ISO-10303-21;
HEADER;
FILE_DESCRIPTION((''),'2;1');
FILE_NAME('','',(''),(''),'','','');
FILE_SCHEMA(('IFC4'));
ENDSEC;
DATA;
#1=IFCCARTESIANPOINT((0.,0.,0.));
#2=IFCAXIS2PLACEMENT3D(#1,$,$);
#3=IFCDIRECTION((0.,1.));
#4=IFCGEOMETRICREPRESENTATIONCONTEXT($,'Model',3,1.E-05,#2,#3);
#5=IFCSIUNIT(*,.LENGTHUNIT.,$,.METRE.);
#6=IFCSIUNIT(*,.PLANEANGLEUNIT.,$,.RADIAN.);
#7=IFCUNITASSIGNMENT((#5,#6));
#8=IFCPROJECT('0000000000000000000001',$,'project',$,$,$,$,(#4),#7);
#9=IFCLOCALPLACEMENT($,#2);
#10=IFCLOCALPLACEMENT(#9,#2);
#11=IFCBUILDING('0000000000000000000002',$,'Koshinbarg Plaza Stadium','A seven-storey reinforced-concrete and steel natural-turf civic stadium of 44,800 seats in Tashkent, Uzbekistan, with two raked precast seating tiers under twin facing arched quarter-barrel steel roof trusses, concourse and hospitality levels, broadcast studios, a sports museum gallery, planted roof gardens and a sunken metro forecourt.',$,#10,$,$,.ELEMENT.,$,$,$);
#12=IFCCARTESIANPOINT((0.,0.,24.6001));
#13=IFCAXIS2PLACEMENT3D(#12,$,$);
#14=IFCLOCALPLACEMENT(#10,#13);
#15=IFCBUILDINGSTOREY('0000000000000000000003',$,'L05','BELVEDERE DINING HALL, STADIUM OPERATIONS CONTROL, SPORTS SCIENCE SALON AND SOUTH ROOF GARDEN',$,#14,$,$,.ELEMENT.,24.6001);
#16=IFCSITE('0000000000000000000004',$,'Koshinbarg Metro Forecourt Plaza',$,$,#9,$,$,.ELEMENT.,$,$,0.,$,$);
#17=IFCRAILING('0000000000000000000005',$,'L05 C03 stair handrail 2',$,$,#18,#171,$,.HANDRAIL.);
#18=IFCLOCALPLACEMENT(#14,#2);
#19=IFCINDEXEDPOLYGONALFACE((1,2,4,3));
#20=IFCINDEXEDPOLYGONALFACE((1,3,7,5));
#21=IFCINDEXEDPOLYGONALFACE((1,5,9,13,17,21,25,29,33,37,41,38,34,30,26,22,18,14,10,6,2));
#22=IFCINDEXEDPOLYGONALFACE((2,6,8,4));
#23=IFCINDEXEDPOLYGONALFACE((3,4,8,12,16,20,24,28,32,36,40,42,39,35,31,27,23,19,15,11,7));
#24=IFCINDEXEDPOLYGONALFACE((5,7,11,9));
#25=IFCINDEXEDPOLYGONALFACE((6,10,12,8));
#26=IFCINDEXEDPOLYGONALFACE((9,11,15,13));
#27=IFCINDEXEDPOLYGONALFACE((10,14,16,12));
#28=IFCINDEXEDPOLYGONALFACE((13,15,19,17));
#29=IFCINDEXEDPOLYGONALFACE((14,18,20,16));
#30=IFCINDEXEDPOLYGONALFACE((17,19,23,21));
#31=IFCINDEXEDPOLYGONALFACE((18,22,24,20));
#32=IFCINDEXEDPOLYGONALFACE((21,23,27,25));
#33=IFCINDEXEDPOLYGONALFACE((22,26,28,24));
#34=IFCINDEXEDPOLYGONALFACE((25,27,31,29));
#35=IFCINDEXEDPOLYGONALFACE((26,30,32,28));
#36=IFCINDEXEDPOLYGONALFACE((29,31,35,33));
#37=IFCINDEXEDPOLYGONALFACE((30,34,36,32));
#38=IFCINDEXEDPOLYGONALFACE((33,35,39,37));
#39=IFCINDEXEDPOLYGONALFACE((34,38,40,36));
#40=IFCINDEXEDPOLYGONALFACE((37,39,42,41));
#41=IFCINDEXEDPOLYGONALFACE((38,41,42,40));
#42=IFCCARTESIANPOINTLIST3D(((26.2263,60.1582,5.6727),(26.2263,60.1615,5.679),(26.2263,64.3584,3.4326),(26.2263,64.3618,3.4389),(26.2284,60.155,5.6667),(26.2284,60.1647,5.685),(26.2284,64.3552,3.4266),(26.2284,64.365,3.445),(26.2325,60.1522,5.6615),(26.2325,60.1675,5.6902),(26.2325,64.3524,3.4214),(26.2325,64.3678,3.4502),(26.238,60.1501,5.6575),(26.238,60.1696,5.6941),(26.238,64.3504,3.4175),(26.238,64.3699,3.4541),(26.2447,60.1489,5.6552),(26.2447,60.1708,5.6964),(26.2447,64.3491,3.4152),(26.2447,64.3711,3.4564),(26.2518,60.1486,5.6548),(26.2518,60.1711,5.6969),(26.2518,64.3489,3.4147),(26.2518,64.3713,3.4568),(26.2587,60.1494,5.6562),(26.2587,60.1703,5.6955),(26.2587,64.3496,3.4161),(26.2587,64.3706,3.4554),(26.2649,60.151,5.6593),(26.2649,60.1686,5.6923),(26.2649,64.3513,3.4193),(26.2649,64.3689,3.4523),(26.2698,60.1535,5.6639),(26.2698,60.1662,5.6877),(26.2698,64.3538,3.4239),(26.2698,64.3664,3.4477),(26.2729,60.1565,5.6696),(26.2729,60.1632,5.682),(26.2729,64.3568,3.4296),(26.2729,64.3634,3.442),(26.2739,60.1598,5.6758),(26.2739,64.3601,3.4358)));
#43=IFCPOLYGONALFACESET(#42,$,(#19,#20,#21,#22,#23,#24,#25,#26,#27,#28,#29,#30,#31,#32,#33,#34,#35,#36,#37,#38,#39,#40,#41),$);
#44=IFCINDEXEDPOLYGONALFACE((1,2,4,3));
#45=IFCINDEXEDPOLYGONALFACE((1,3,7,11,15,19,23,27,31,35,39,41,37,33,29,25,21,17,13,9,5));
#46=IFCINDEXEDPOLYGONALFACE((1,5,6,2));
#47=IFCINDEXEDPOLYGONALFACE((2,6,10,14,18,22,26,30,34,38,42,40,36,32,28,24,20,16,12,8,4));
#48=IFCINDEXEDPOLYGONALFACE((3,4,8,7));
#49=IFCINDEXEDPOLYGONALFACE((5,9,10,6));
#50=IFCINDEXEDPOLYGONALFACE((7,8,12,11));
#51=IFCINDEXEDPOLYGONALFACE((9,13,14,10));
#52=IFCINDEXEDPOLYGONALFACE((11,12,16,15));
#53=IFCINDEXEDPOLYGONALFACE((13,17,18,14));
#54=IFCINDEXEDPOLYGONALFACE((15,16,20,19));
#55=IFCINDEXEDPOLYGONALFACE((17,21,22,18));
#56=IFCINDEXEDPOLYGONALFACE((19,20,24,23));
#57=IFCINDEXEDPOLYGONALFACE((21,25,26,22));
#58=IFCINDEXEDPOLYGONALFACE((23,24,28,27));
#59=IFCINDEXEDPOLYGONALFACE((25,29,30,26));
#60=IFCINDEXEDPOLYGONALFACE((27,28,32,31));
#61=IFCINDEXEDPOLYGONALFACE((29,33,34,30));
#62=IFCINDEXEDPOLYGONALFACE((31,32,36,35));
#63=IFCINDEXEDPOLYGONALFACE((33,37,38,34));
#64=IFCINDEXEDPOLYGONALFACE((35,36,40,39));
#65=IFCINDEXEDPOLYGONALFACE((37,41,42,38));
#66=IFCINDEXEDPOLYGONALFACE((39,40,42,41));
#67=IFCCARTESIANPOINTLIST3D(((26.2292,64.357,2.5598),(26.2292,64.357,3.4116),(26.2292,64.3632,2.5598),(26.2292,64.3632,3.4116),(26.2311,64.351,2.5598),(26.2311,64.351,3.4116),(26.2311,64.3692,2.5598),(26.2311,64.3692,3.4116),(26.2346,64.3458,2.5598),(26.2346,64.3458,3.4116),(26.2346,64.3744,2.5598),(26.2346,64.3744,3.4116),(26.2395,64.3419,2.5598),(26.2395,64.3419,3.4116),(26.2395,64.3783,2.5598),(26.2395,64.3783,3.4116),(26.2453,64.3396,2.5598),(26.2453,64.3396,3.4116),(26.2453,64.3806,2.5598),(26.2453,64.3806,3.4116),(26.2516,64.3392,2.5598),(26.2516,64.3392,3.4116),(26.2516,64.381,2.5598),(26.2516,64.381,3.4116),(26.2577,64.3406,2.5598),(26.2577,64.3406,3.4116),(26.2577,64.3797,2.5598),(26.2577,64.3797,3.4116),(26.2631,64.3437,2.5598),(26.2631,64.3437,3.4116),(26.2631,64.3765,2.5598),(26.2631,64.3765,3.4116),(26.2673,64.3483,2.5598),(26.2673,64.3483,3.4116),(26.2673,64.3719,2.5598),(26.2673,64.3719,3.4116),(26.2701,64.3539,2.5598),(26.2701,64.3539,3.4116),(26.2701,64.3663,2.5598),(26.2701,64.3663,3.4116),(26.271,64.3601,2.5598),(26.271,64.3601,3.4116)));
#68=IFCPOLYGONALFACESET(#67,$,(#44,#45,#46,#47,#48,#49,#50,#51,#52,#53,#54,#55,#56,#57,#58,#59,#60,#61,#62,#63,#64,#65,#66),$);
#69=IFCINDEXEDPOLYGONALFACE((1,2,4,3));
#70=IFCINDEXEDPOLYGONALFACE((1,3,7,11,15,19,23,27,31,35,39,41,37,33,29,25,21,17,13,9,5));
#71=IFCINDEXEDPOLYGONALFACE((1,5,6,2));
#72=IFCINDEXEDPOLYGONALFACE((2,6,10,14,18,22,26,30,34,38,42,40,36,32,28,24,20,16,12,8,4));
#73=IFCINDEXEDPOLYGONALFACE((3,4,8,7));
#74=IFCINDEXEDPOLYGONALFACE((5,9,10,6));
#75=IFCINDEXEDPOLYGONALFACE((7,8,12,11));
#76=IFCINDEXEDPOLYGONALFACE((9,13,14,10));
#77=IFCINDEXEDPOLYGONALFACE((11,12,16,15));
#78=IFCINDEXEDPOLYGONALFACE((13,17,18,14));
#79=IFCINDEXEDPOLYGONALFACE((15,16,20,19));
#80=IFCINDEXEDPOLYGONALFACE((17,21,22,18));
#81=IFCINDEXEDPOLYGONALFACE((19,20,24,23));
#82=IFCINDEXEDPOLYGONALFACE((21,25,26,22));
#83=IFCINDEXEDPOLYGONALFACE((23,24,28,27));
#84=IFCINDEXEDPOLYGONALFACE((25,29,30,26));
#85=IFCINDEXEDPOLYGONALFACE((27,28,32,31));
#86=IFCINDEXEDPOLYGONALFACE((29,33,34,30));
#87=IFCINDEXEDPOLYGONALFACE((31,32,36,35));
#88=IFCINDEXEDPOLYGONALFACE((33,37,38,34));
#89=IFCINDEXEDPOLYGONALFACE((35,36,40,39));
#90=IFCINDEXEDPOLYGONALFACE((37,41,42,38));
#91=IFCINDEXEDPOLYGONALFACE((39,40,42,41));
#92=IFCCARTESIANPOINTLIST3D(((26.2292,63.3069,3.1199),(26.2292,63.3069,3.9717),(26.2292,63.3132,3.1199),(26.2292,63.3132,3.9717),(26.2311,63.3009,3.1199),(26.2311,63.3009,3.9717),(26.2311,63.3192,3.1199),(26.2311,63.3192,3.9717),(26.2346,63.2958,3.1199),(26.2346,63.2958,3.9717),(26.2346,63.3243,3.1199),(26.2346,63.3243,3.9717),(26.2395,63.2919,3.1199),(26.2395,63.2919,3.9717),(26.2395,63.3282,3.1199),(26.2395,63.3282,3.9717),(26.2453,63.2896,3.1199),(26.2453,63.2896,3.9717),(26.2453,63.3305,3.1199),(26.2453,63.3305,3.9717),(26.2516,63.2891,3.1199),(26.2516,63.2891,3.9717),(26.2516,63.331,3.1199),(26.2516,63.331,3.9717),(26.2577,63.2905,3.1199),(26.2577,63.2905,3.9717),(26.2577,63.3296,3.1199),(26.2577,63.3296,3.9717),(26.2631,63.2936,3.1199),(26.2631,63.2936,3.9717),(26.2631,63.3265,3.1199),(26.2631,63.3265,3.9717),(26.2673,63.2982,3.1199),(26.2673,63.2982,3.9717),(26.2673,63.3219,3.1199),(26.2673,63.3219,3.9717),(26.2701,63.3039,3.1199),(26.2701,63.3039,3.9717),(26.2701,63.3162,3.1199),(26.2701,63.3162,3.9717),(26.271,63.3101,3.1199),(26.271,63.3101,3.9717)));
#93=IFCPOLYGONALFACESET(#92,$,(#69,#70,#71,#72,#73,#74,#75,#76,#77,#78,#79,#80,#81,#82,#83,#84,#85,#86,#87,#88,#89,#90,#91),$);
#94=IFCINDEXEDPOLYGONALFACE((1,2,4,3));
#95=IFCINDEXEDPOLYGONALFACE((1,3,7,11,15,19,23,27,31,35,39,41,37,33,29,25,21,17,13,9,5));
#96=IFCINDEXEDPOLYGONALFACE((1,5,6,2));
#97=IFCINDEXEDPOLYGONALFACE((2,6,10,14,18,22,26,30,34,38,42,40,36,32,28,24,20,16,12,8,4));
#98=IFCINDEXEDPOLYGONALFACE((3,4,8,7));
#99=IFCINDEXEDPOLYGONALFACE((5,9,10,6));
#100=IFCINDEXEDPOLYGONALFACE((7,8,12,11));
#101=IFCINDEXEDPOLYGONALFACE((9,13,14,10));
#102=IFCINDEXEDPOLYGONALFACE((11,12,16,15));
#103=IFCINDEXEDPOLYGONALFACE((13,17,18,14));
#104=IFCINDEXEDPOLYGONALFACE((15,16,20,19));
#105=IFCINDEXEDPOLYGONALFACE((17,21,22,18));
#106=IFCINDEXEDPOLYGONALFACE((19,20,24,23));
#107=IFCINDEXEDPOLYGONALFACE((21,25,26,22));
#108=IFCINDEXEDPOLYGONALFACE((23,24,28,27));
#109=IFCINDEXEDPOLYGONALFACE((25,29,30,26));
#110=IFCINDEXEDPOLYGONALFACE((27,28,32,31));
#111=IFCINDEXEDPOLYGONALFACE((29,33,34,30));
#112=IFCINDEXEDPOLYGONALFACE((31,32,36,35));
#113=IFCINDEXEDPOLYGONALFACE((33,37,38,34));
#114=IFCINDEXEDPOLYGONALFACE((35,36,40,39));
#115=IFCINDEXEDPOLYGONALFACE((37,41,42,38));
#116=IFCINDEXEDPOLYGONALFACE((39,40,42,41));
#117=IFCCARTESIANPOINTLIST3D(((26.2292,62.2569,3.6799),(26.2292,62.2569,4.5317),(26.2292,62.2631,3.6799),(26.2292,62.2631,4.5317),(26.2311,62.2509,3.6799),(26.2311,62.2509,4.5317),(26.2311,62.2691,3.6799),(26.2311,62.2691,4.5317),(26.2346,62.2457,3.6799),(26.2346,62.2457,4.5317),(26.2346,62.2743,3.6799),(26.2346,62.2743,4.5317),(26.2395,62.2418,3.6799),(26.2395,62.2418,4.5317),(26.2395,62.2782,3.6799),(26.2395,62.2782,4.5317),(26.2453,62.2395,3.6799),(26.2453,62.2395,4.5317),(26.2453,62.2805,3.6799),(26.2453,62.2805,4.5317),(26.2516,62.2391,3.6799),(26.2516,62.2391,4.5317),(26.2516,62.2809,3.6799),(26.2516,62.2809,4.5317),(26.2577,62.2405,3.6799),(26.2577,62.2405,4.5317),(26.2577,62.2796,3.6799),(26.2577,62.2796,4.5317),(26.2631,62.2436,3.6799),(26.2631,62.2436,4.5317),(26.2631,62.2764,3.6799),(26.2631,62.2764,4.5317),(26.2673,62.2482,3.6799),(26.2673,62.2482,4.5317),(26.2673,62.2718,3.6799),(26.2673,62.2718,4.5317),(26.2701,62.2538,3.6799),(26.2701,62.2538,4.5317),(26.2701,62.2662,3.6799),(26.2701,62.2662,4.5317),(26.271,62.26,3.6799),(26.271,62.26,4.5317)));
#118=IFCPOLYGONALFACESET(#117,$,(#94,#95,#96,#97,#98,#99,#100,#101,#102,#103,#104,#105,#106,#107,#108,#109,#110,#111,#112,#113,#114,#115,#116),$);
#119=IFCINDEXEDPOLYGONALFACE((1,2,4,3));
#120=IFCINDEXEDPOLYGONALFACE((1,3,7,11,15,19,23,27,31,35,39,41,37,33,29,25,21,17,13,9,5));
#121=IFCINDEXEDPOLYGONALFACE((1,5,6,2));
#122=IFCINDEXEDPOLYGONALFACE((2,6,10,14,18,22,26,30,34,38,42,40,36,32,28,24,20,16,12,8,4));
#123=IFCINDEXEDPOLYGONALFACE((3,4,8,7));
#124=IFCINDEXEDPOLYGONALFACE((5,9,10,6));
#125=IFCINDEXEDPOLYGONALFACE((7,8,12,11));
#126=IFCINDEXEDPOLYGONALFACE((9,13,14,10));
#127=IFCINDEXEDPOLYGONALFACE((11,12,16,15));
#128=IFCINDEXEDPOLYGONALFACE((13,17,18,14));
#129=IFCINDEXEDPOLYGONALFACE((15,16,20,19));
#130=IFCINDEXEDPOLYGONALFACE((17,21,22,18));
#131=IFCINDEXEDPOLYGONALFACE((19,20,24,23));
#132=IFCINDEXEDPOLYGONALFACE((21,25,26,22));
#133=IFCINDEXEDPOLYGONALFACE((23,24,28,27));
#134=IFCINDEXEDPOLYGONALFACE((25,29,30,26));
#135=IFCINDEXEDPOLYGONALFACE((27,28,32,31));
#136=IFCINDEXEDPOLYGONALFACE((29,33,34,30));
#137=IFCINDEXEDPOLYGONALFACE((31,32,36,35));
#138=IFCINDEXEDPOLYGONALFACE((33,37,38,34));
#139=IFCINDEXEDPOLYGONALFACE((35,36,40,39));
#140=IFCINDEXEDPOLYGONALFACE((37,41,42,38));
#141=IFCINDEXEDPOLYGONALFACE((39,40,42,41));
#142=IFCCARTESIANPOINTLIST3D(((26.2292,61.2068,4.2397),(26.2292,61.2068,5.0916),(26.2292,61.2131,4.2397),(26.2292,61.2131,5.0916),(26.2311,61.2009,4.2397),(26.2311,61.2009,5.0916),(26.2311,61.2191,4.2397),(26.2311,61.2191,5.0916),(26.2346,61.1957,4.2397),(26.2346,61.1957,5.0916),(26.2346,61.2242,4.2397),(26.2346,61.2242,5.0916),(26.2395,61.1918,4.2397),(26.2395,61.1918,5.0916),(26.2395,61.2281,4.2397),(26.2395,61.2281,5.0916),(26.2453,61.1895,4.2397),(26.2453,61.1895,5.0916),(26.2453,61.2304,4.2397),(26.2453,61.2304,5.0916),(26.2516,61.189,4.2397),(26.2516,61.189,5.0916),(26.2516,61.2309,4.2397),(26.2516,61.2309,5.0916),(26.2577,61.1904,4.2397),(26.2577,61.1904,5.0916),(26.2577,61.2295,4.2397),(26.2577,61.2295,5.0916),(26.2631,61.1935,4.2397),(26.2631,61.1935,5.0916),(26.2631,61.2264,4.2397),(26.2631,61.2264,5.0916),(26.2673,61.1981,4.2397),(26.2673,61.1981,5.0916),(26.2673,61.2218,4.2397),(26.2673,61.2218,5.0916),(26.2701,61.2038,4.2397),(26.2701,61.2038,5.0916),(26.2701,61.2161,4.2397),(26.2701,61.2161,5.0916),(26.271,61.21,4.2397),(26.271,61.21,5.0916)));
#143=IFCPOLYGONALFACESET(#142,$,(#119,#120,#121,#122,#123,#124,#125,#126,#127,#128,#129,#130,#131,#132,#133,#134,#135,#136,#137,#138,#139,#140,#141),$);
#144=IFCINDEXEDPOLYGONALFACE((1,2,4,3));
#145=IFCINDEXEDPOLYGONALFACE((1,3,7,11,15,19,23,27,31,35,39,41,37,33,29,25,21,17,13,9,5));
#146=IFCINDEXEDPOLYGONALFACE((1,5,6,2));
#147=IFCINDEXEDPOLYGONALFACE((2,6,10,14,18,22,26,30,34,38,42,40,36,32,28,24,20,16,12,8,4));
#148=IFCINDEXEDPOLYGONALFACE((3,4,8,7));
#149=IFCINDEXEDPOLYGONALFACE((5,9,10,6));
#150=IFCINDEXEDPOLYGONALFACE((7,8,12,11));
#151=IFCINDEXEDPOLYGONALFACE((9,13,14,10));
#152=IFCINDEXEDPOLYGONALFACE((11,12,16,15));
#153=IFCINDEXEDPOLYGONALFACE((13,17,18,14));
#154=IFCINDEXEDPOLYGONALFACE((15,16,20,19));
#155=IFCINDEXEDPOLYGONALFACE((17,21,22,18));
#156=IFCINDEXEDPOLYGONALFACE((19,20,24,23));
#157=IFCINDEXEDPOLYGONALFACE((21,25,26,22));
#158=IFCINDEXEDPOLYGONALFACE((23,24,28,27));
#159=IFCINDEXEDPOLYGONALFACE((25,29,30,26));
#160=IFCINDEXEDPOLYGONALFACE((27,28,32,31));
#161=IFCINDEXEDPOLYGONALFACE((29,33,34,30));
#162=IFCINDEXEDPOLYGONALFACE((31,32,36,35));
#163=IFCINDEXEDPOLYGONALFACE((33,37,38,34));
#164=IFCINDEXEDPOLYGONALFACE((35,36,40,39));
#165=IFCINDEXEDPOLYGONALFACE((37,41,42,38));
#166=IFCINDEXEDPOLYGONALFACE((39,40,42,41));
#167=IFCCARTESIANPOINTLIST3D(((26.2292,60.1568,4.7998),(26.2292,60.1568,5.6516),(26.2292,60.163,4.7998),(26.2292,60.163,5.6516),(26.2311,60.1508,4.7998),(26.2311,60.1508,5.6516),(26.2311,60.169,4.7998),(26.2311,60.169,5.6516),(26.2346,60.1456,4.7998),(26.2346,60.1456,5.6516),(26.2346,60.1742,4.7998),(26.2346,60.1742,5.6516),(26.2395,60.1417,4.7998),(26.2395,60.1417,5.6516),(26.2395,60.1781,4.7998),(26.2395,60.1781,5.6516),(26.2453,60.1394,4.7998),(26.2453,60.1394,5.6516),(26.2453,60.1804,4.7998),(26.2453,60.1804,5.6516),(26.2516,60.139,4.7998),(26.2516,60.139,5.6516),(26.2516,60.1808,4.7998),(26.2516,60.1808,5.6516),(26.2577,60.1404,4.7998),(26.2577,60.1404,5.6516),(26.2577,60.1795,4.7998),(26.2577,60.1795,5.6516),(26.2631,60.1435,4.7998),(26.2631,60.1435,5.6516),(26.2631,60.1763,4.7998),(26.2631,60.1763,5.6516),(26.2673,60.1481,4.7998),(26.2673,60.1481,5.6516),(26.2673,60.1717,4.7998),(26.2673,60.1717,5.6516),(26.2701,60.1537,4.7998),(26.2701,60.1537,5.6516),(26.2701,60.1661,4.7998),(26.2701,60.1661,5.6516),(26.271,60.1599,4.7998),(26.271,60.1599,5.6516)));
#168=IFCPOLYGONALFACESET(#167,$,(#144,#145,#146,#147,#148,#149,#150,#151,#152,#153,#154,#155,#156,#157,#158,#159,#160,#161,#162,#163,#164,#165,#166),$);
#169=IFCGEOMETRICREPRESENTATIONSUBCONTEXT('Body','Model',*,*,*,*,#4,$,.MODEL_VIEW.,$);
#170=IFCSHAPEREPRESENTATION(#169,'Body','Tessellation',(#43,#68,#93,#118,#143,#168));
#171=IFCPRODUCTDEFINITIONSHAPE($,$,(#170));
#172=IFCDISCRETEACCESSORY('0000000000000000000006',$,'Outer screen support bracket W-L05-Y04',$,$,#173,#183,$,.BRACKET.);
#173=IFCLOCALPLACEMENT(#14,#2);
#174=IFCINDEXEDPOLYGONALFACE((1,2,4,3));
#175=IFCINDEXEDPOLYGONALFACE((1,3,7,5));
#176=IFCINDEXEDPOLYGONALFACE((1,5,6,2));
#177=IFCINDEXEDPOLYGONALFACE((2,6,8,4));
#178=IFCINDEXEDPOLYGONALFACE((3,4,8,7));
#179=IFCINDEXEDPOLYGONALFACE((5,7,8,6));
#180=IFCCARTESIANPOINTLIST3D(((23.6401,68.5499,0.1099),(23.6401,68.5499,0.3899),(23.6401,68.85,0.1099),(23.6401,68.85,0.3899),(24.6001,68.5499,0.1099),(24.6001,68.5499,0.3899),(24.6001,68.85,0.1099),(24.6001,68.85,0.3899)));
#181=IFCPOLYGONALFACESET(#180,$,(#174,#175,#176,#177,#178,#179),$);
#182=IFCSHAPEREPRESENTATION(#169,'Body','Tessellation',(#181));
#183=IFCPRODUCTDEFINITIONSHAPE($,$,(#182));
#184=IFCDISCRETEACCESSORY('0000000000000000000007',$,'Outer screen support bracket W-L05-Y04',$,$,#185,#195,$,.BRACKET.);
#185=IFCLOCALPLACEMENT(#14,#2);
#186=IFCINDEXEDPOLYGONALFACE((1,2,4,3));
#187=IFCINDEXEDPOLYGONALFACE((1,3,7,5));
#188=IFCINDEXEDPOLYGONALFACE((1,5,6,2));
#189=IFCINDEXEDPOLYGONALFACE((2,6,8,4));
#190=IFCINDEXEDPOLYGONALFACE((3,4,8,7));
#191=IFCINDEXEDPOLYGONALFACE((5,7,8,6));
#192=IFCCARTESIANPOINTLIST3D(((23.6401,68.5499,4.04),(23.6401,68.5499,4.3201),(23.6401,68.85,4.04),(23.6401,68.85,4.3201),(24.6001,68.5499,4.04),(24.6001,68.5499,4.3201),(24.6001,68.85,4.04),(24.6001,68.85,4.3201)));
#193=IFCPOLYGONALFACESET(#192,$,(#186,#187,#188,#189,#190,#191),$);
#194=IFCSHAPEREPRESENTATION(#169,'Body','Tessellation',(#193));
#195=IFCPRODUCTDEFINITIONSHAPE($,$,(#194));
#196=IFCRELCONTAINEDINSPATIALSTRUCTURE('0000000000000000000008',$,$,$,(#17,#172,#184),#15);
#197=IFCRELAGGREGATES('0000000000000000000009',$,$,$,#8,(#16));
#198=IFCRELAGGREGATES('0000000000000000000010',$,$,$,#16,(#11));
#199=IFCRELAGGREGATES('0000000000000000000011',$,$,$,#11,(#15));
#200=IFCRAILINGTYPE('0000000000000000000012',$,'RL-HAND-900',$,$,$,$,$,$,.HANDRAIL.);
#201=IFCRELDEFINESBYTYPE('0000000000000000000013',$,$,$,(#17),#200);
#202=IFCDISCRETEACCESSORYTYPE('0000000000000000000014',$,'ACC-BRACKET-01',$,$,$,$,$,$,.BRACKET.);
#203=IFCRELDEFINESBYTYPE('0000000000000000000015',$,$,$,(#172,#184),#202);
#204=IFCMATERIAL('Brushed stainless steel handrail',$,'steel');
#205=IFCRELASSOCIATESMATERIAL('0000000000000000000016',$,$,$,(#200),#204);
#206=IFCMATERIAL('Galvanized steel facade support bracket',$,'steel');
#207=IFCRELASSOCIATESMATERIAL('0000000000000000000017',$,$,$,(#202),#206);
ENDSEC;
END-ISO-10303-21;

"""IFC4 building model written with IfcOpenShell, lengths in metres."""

from ifc_helpers import new_model, si_unit, direction, frame, origin, origin_2d, place, context, subcontext, project, spatial, rectangle, circle, extrude, material, type_object, element, save


model = new_model("IFC4")

# Units and contexts
model_context = context("Model", 3, precision=1e-05, world=origin(), true_north=direction((0.0, 1.0)))
body_context = subcontext(model_context, "Body", "Model", "MODEL_VIEW")
ifc_project = project(units=[si_unit("LENGTHUNIT", "METRE"), si_unit("PLANEANGLEUNIT", "RADIAN")], contexts=[model_context])

# Site, building, storey
site_placement = place(None, origin())
site = spatial("IfcSite", under=ifc_project, at=site_placement, Name="Koshinbarg Metro Forecourt Plaza", CompositionType="ELEMENT", RefElevation=0.0)
building_placement = place(site_placement, origin())
building = spatial("IfcBuilding", under=site, at=building_placement, Name="Koshinbarg Plaza Stadium", Description="A seven-storey reinforced-concrete and steel natural-turf civic stadium of 44,800 seats in Tashkent, Uzbekistan, with two raked precast seating tiers under twin facing arched quarter-barrel steel roof trusses, concourse and hospitality levels, broadcast studios, a sports museum gallery, planted roof gardens and a sunken metro forecourt.", CompositionType="ELEMENT")
storey_placement = place(building_placement, frame((0.0, 0.0, 24.6001)))
storey = spatial("IfcBuildingStorey", under=building, at=storey_placement, Name="L05", Description="BELVEDERE DINING HALL, STADIUM OPERATIONS CONTROL, SPORTS SCIENCE SALON AND SOUTH ROOF GARDEN", CompositionType="ELEMENT", Elevation=24.6001)

# Railing
ifc_material_1 = material(Name="Brushed stainless steel handrail", Category="steel")
railing_type_1 = type_object("IfcRailingType", Name="RL-HAND-900", PredefinedType="HANDRAIL", material=ifc_material_1)
railing_1_placement = place(storey_placement, frame((26.25, 64.3601, 2.5598)))
element("IfcRailing", 1, at=railing_1_placement, inside=storey, type_object=railing_type_1, Name="L05 C03 stair handrail 2", PredefinedType="HANDRAIL", context=body_context, shape_type="SweptSolid", body=[
    extrude(circle(Radius=0.0239, at=origin_2d()), frame((0.0, 0.0, 0.876), z_axis=(0.0, -0.882363, 0.47057), x_axis=(1.0, 0.0, 0.0)), (0.0, 0.0, 1.0), 4.7603),
    extrude(circle(Radius=0.021, at=origin_2d()), origin(), (0.0, 0.0, 1.0), 0.8518),
    extrude(circle(Radius=0.021, at=origin_2d()), frame((0.0, -1.05, 0.5601)), (0.0, 0.0, 1.0), 0.8518),
    extrude(circle(Radius=0.021, at=origin_2d()), frame((0.0, -2.1001, 1.1201)), (0.0, 0.0, 1.0), 0.8518),
    extrude(circle(Radius=0.021, at=origin_2d()), frame((0.0, -3.1501, 1.6799)), (0.0, 0.0, 1.0), 0.8518),
    extrude(circle(Radius=0.021, at=origin_2d()), frame((0.0, -4.2002, 2.24)), (0.0, 0.0, 1.0), 0.8518),
])

# Discrete accessories
ifc_material_2 = material(Name="Galvanized steel facade support bracket", Category="steel")
discrete_accessory_type = type_object("IfcDiscreteAccessoryType", Name="ACC-BRACKET-01", PredefinedType="BRACKET", material=ifc_material_2)
for number, where, z_axis, x_axis, name in (
    (2, (24.1201, 68.7, 0.1099), (0.0, 0.0, 1.0), (1.0, 0.0, 0.0), "Outer screen support bracket W-L05-Y04"),
    (3, (24.1201, 68.7, 4.04), (0.0, 0.0, 1.0), (1.0, 0.0, 0.0), "Outer screen support bracket W-L05-Y04"),
):
    element("IfcDiscreteAccessory", number, at=place(storey_placement, frame(where, z_axis=z_axis, x_axis=x_axis)), inside=storey, type_object=discrete_accessory_type, Name=name, PredefinedType="BRACKET", context=body_context, shape_type="SweptSolid", body=[
        extrude(rectangle(XDim=0.96, YDim=0.3, at=origin_2d()), origin(), (0.0, 0.0, 1.0), 0.28),
    ])

save(model, "model.ifc")
